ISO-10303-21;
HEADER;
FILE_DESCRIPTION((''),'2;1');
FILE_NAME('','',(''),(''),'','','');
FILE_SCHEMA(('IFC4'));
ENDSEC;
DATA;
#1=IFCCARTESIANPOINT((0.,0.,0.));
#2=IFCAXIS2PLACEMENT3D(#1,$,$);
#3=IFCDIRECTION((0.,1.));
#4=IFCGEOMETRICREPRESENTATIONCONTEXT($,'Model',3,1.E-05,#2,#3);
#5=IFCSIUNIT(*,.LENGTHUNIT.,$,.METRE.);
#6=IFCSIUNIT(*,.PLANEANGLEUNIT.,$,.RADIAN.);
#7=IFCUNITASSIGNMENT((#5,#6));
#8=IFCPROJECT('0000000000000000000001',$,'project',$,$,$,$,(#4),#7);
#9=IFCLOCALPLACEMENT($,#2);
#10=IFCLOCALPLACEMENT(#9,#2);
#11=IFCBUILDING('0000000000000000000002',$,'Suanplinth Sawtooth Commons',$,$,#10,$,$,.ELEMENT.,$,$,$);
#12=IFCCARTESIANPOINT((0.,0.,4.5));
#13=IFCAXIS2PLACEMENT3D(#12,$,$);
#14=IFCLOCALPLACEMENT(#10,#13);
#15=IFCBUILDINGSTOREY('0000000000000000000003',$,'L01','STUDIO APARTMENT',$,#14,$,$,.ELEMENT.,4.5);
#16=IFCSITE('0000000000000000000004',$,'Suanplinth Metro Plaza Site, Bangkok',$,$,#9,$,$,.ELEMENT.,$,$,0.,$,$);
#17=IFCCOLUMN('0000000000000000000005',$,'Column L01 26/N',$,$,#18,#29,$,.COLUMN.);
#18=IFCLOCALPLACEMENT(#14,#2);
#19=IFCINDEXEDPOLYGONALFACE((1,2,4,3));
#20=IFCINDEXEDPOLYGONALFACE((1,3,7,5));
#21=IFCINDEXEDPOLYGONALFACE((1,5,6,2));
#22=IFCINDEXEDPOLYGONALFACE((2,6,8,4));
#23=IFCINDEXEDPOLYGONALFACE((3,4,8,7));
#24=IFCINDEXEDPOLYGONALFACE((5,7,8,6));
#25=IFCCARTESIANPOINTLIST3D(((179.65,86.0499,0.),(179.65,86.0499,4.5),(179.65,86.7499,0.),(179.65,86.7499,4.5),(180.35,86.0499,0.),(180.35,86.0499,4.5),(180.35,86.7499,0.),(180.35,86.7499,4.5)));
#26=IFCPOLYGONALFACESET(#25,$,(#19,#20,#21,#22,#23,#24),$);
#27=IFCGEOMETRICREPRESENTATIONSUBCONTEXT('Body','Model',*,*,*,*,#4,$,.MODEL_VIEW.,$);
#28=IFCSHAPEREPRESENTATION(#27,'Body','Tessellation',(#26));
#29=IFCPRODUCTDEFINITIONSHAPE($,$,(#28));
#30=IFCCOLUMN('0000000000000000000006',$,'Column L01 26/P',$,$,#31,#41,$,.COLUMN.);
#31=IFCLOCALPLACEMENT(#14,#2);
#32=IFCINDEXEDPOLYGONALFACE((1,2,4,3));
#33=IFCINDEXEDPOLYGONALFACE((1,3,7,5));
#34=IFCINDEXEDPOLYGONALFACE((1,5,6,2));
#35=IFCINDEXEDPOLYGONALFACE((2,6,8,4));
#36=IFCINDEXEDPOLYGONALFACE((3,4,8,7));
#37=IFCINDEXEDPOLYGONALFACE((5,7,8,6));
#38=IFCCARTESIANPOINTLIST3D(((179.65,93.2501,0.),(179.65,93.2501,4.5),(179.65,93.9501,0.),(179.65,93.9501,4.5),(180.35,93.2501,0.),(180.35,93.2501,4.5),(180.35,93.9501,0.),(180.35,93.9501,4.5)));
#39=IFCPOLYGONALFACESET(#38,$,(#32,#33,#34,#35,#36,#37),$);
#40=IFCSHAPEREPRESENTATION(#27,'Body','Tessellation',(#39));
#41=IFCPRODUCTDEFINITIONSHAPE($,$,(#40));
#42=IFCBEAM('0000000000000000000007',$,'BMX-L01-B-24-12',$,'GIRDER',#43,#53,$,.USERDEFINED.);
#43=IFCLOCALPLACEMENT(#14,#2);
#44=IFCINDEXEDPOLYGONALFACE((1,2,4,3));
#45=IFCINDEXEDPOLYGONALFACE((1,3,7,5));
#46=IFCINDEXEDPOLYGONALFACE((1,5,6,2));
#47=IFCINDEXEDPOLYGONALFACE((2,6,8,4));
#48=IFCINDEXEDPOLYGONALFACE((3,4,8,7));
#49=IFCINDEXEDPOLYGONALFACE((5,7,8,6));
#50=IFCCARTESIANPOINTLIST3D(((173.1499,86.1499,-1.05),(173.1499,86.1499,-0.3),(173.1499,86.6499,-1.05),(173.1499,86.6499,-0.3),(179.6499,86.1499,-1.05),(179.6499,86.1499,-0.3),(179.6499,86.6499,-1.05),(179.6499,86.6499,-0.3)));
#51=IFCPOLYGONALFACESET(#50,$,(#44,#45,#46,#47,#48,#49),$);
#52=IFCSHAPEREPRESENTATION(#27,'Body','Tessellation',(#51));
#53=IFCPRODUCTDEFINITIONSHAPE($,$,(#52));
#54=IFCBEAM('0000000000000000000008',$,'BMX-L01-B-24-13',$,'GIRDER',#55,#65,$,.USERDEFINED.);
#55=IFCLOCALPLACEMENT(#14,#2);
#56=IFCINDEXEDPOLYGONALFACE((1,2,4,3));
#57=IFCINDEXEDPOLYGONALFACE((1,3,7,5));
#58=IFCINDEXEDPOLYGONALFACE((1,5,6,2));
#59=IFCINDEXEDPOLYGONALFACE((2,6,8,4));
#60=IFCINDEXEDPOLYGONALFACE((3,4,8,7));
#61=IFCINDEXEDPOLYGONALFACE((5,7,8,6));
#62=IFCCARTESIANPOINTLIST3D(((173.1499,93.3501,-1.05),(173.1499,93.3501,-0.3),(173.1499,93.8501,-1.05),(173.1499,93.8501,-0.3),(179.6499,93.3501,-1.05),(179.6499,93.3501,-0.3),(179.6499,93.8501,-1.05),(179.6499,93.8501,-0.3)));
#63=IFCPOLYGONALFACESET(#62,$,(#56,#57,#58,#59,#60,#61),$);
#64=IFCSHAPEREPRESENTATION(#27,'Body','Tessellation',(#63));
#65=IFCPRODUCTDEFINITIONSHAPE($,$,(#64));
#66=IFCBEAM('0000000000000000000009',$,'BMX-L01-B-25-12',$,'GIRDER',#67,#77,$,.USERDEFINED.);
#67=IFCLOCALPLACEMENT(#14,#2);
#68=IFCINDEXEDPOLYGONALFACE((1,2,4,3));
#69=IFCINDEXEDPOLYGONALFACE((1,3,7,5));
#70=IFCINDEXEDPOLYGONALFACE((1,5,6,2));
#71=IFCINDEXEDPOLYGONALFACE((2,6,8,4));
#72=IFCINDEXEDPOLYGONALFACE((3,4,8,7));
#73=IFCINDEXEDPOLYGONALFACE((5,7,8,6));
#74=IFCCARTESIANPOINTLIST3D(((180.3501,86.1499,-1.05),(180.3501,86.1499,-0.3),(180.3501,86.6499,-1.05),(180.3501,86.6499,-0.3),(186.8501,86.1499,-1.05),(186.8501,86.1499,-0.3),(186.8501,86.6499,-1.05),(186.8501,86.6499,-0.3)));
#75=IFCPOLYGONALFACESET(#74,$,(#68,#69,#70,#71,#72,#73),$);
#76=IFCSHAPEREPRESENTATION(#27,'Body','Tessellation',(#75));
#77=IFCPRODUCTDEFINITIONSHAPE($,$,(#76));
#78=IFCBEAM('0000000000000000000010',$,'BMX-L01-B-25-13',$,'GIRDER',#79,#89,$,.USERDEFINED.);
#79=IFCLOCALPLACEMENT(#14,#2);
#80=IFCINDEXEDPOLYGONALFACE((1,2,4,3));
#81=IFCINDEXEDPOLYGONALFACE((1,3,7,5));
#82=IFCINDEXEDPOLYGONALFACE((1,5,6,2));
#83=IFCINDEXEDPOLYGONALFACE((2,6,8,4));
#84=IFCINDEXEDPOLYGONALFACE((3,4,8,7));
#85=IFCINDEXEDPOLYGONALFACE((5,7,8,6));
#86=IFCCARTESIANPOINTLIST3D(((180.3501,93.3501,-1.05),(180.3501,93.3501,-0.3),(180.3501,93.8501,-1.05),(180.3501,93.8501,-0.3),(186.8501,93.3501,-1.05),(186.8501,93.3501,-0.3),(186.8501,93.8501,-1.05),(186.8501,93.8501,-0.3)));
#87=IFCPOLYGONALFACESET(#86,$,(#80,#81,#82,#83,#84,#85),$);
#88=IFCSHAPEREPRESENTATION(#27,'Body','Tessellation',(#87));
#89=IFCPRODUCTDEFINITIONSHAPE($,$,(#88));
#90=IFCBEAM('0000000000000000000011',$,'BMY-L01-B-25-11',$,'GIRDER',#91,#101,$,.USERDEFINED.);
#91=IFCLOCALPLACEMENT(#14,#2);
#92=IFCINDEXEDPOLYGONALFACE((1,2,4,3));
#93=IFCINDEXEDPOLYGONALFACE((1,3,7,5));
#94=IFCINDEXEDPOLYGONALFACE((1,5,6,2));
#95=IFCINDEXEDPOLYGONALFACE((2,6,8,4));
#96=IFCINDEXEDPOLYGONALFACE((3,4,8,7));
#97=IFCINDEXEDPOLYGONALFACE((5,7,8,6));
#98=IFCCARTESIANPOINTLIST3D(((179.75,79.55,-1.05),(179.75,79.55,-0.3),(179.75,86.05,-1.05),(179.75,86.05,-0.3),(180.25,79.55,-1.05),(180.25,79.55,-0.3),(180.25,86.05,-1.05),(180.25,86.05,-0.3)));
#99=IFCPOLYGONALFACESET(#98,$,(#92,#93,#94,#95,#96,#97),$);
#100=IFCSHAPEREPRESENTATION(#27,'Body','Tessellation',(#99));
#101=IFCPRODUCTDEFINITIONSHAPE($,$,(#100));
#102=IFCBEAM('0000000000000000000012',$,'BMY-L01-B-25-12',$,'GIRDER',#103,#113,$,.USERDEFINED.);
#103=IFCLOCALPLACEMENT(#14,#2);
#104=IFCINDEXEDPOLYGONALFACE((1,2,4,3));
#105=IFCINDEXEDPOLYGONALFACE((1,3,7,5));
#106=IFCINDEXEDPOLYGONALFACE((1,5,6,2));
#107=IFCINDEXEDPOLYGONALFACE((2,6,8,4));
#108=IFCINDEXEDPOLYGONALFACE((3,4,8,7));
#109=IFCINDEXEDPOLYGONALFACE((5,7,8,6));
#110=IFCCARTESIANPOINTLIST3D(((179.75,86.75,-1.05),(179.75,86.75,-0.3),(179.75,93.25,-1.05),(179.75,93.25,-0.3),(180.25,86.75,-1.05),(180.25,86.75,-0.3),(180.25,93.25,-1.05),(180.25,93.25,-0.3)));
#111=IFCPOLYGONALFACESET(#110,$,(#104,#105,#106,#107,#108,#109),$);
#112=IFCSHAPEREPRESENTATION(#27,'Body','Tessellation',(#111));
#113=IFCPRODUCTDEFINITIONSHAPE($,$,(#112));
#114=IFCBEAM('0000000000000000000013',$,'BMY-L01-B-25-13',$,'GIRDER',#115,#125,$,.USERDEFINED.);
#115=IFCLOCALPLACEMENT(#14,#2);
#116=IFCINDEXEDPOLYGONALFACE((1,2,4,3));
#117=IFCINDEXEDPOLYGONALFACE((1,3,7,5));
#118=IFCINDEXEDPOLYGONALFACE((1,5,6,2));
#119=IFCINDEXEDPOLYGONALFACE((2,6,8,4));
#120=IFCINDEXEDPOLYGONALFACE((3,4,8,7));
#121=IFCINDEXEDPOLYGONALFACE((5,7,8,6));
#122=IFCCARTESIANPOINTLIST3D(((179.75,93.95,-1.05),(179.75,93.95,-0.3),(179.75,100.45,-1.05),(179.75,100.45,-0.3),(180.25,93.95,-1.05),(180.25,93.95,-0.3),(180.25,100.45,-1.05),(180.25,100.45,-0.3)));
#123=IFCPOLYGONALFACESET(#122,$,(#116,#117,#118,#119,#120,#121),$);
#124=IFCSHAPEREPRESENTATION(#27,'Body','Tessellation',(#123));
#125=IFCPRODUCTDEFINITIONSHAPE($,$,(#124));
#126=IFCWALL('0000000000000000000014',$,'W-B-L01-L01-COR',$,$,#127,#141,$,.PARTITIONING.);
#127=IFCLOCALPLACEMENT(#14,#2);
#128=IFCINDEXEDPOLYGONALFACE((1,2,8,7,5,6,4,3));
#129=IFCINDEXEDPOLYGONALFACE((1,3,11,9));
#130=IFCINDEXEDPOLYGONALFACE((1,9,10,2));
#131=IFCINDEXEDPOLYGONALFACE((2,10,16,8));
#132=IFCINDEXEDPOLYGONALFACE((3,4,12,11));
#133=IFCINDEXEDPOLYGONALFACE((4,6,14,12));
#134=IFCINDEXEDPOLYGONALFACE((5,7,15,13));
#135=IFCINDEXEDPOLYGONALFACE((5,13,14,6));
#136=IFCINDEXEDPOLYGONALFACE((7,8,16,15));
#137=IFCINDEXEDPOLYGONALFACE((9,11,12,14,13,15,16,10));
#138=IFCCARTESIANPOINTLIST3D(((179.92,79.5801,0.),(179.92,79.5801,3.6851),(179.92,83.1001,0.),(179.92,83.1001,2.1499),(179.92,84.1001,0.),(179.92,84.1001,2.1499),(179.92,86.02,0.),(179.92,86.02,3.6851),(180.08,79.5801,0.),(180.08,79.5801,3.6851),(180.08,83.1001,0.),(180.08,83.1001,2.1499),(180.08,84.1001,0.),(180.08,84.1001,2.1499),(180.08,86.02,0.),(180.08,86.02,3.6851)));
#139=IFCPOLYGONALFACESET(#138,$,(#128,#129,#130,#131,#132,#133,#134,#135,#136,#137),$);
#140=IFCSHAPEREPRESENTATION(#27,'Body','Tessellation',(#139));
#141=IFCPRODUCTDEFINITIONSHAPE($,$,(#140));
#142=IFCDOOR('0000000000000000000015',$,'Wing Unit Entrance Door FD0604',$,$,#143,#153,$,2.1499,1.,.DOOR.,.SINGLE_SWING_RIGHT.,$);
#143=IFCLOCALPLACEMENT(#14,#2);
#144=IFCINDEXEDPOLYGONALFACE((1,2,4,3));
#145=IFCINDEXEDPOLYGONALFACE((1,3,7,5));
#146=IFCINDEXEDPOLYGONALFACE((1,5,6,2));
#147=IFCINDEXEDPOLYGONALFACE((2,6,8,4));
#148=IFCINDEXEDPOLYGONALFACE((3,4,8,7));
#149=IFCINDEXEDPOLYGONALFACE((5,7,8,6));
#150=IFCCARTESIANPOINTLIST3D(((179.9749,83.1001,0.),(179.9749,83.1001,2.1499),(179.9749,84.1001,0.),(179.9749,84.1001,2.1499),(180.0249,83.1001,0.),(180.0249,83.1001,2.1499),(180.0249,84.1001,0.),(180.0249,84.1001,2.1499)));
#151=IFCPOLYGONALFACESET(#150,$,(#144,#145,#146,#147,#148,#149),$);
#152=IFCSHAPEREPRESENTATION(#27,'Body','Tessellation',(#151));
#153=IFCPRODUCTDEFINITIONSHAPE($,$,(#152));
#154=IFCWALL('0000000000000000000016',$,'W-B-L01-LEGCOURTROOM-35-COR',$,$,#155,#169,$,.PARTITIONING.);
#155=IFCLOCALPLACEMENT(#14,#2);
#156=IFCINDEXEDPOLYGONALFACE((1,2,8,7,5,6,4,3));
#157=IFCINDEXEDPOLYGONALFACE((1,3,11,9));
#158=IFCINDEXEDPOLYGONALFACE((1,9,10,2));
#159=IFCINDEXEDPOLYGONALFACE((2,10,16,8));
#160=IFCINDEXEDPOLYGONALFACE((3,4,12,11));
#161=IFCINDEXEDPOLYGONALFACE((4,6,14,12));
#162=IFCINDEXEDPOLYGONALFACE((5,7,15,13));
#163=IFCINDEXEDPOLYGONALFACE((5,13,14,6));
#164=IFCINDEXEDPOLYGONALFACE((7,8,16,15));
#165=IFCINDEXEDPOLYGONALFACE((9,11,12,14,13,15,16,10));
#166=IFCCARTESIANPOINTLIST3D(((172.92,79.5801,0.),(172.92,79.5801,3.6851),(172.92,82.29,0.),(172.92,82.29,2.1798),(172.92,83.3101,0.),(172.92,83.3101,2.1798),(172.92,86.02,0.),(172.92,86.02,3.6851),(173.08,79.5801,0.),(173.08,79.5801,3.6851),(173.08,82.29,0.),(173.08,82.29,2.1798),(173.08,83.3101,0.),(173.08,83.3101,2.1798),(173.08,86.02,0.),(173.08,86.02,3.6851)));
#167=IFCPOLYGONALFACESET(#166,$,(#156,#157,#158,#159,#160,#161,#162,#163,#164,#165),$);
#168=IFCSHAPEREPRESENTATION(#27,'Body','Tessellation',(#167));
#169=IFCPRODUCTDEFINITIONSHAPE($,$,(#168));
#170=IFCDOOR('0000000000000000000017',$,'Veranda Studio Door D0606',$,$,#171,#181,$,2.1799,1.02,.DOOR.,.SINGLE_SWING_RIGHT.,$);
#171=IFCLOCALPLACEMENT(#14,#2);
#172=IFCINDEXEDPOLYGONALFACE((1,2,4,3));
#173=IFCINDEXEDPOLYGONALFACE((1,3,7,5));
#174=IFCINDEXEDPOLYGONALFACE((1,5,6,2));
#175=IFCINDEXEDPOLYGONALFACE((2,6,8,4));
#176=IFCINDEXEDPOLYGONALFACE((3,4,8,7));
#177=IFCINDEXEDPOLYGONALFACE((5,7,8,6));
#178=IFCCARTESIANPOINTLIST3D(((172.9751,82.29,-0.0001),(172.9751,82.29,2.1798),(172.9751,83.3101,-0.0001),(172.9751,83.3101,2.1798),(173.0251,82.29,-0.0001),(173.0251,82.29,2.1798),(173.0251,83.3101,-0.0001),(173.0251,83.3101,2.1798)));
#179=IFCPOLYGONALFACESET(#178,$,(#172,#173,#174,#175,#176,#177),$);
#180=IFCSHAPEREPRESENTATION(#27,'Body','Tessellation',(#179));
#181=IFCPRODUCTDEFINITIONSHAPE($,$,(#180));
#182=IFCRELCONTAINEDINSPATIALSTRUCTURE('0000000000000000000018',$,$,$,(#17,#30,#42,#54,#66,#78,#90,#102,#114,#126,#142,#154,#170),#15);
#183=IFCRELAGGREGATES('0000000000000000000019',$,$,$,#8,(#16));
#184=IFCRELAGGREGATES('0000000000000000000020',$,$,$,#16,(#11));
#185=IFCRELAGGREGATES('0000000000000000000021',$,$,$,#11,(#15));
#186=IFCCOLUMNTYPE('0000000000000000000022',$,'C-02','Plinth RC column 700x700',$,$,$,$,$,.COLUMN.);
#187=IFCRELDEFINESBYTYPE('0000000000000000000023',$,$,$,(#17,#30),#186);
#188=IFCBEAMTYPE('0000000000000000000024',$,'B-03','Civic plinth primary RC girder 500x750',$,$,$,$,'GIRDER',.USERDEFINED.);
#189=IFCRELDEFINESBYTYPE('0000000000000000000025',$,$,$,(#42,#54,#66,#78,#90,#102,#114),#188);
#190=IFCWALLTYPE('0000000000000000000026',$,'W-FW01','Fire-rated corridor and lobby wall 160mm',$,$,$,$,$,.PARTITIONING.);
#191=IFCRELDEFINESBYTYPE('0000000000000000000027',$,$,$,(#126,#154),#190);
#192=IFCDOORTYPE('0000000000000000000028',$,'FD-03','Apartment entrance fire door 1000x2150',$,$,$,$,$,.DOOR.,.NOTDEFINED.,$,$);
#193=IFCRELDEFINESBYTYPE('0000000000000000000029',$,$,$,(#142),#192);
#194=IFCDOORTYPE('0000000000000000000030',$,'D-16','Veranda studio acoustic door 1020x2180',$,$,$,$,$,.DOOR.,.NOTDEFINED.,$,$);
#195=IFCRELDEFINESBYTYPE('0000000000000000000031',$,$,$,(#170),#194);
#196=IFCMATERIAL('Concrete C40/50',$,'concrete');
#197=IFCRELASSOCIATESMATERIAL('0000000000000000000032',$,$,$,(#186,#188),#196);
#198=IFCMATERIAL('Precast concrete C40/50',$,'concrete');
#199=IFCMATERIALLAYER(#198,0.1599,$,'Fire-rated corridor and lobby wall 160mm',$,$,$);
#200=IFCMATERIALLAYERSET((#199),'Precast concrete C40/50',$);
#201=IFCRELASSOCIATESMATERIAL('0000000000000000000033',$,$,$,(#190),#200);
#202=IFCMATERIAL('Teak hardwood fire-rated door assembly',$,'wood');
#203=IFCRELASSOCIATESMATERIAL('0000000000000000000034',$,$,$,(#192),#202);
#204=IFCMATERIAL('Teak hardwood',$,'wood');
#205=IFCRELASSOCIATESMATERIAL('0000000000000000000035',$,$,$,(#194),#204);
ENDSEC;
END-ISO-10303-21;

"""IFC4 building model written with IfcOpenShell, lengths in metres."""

from ifc_helpers import new_model, si_unit, direction, frame, frame_2d, origin, origin_2d, place, context, subcontext, project, spatial, rectangle, extrude, material, layer, layer_set, material_profile, profile_set, type_object, element, fill, save


model = new_model("IFC4")

# Units and contexts
model_context = context("Model", 3, precision=1e-05, world=origin(), true_north=direction((0.0, 1.0)))
body_context = subcontext(model_context, "Body", "Model", "MODEL_VIEW")
ifc_project = project(units=[si_unit("LENGTHUNIT", "METRE"), si_unit("PLANEANGLEUNIT", "RADIAN")], contexts=[model_context])

# Site, building, storey
site_placement = place(None, origin())
site = spatial("IfcSite", under=ifc_project, at=site_placement, Name="Suanplinth Metro Plaza Site, Bangkok", CompositionType="ELEMENT", RefElevation=0.0)
building_placement = place(site_placement, origin())
building = spatial("IfcBuilding", under=site, at=building_placement, Name="Suanplinth Sawtooth Commons", CompositionType="ELEMENT")
storey_placement = place(building_placement, frame((0.0, 0.0, 4.5)))
storey = spatial("IfcBuildingStorey", under=building, at=storey_placement, Name="L01", Description="STUDIO APARTMENT", CompositionType="ELEMENT", Elevation=4.5)

# Columns
ifc_material_1 = material(Name="Concrete C40/50", Category="concrete")
ifc_material_profile_1 = material_profile(ifc_material_1, rectangle(XDim=0.7, YDim=0.7, at=origin_2d()), Name="RC-COL 700x700")
ifc_profile_set_1 = profile_set([ifc_material_profile_1], Name="Concrete C40/50")
column_type = type_object("IfcColumnType", Name="C-02", Description="Plinth RC column 700x700", PredefinedType="COLUMN", material=ifc_profile_set_1)
for number, where, z_axis, x_axis, name in (
    (1, (180.0, 86.3999, 0.0), (0.0, 0.0, 1.0), (1.0, 0.0, 0.0), "Column L01 26/N"),
    (2, (180.0, 93.6001, 0.0), (0.0, 0.0, 1.0), (1.0, 0.0, 0.0), "Column L01 26/P"),
):
    element("IfcColumn", number, at=place(storey_placement, frame(where, z_axis=z_axis, x_axis=x_axis)), inside=storey, type_object=column_type, Name=name, PredefinedType="COLUMN", context=body_context, shape_type="SweptSolid", body=[
        extrude(rectangle(XDim=0.7, YDim=0.7, at=origin_2d()), origin(), (0.0, 0.0, 1.0), 4.5),
    ])

# Beams
ifc_material_profile_2 = material_profile(ifc_material_1, rectangle(XDim=0.5, YDim=0.75, at=origin_2d()), Name="RC-GDR 500x750")
ifc_profile_set_2 = profile_set([ifc_material_profile_2], Name="Concrete C40/50")
beam_type = type_object("IfcBeamType", Name="B-03", Description="Civic plinth primary RC girder 500x750", ElementType="GIRDER", PredefinedType="USERDEFINED", material=ifc_profile_set_2)
for number, where, z_axis, x_axis, name in (
    (3, (173.1499, 86.3999, -0.675), (1.0, 0.0, 0.0), (0.0, 1.0, 0.0), "BMX-L01-B-24-12"),
    (4, (173.1499, 93.6001, -0.675), (1.0, 0.0, 0.0), (0.0, 1.0, 0.0), "BMX-L01-B-24-13"),
    (5, (180.3501, 86.3999, -0.675), (1.0, 0.0, 0.0), (0.0, 1.0, 0.0), "BMX-L01-B-25-12"),
    (6, (180.3501, 93.6001, -0.675), (1.0, 0.0, 0.0), (0.0, 1.0, 0.0), "BMX-L01-B-25-13"),
    (7, (180.0, 79.55, -0.675), (0.0, 1.0, 0.0), (-1.0, 0.0, 0.0), "BMY-L01-B-25-11"),
    (8, (180.0, 86.75, -0.675), (0.0, 1.0, 0.0), (-1.0, 0.0, 0.0), "BMY-L01-B-25-12"),
    (9, (180.0, 93.95, -0.675), (0.0, 1.0, 0.0), (-1.0, 0.0, 0.0), "BMY-L01-B-25-13"),
):
    element("IfcBeam", number, at=place(storey_placement, frame(where, z_axis=z_axis, x_axis=x_axis)), inside=storey, type_object=beam_type, Name=name, ObjectType="GIRDER", PredefinedType="USERDEFINED", context=body_context, shape_type="SweptSolid", body=[
        extrude(rectangle(XDim=0.5, YDim=0.75, at=origin_2d()), origin(), (0.0, 0.0, 1.0), 6.5),
    ])

# Walls, openings, doors
ifc_material_2 = material(Name="Precast concrete C40/50", Category="concrete")
ifc_layer_1 = layer(ifc_material_2, 0.1599, Name="Fire-rated corridor and lobby wall 160mm")
ifc_layer_set_1 = layer_set([ifc_layer_1], Name="Precast concrete C40/50")
wall_type_1 = type_object("IfcWallType", Name="W-FW01", Description="Fire-rated corridor and lobby wall 160mm", PredefinedType="PARTITIONING", material=ifc_layer_set_1)
wall_1_placement = place(storey_placement, frame((180.0, 79.5801, 0.0), z_axis=(0.0, 0.0, 1.0), x_axis=(0.0, 1.0, 0.0)))
wall_1 = element("IfcWall", 10, at=wall_1_placement, inside=storey, type_object=wall_type_1, Name="W-B-L01-L01-COR", PredefinedType="PARTITIONING", context=body_context, shape_type="SweptSolid", body=[
    extrude(rectangle(XDim=6.4399, YDim=0.1599, at=frame_2d((3.22, 0.0))), origin(), (0.0, 0.0, 1.0), 3.6851),
])
opening_1_placement = place(wall_1_placement, frame((3.52, 0.0, 0.0)))
opening_1 = element("IfcOpeningElement", 11, at=opening_1_placement, cuts=wall_1, PredefinedType="OPENING", context=body_context, shape_type="SweptSolid", body=[
    extrude(rectangle(XDim=1.0, YDim=2.1499, at=frame_2d((0.5, 1.075))), frame((0.0, 0.0947, 0.0), z_axis=(0.0, -1.0, 0.0), x_axis=(1.0, 0.0, 0.0)), (0.0, 0.0, 1.0), 0.1897),
])
ifc_material_3 = material(Name="Teak hardwood fire-rated door assembly", Category="wood")
door_type_1 = type_object("IfcDoorType", Name="FD-03", Description="Apartment entrance fire door 1000x2150", OperationType="NOTDEFINED", PredefinedType="DOOR", material=ifc_material_3)
door_1_placement = place(opening_1_placement, frame((1.0, 0.0, 0.0), z_axis=(0.0, 0.0, 1.0), x_axis=(-1.0, 0.0, 0.0)))
door_1 = element("IfcDoor", 12, at=door_1_placement, inside=storey, type_object=door_type_1, Name="Wing Unit Entrance Door FD0604", OperationType="SINGLE_SWING_RIGHT", OverallHeight=2.1499, OverallWidth=1.0, PredefinedType="DOOR", context=body_context, shape_type="SweptSolid", body=[
    extrude(rectangle(XDim=1.0, YDim=2.1499, at=frame_2d((0.5, 1.075))), frame((0.0, 0.0249, 0.0), z_axis=(0.0, -1.0, 0.0), x_axis=(1.0, 0.0, 0.0)), (0.0, 0.0, 1.0), 0.05),
])
fill(opening_1, door_1)
wall_2_placement = place(storey_placement, frame((173.0, 79.5801, 0.0), z_axis=(0.0, 0.0, 1.0), x_axis=(0.0, 1.0, 0.0)))
wall_2 = element("IfcWall", 13, at=wall_2_placement, inside=storey, type_object=wall_type_1, Name="W-B-L01-LEGCOURTROOM-35-COR", PredefinedType="PARTITIONING", context=body_context, shape_type="SweptSolid", body=[
    extrude(rectangle(XDim=6.4399, YDim=0.1599, at=frame_2d((3.22, 0.0))), origin(), (0.0, 0.0, 1.0), 3.6851),
])
opening_2_placement = place(wall_2_placement, frame((2.71, 0.0, 0.0)))
opening_2 = element("IfcOpeningElement", 14, at=opening_2_placement, cuts=wall_2, PredefinedType="OPENING", context=body_context, shape_type="SweptSolid", body=[
    extrude(rectangle(XDim=1.02, YDim=2.1799, at=frame_2d((0.51, 1.0898))), frame((0.0, 0.0947, 0.0), z_axis=(0.0, -1.0, 0.0), x_axis=(1.0, 0.0, 0.0)), (0.0, 0.0, 1.0), 0.1897),
])
ifc_material_4 = material(Name="Teak hardwood", Category="wood")
door_type_2 = type_object("IfcDoorType", Name="D-16", Description="Veranda studio acoustic door 1020x2180", OperationType="NOTDEFINED", PredefinedType="DOOR", material=ifc_material_4)
door_2_placement = place(opening_2_placement, origin())
door_2 = element("IfcDoor", 15, at=door_2_placement, inside=storey, type_object=door_type_2, Name="Veranda Studio Door D0606", OperationType="SINGLE_SWING_RIGHT", OverallHeight=2.1799, OverallWidth=1.02, PredefinedType="DOOR", context=body_context, shape_type="SweptSolid", body=[
    extrude(rectangle(XDim=1.02, YDim=2.1799, at=frame_2d((0.51, 1.0898))), frame((0.0, 0.0249, 0.0), z_axis=(0.0, -1.0, 0.0), x_axis=(1.0, 0.0, 0.0)), (0.0, 0.0, 1.0), 0.05),
])
fill(opening_2, door_2)

save(model, "model.ifc")
